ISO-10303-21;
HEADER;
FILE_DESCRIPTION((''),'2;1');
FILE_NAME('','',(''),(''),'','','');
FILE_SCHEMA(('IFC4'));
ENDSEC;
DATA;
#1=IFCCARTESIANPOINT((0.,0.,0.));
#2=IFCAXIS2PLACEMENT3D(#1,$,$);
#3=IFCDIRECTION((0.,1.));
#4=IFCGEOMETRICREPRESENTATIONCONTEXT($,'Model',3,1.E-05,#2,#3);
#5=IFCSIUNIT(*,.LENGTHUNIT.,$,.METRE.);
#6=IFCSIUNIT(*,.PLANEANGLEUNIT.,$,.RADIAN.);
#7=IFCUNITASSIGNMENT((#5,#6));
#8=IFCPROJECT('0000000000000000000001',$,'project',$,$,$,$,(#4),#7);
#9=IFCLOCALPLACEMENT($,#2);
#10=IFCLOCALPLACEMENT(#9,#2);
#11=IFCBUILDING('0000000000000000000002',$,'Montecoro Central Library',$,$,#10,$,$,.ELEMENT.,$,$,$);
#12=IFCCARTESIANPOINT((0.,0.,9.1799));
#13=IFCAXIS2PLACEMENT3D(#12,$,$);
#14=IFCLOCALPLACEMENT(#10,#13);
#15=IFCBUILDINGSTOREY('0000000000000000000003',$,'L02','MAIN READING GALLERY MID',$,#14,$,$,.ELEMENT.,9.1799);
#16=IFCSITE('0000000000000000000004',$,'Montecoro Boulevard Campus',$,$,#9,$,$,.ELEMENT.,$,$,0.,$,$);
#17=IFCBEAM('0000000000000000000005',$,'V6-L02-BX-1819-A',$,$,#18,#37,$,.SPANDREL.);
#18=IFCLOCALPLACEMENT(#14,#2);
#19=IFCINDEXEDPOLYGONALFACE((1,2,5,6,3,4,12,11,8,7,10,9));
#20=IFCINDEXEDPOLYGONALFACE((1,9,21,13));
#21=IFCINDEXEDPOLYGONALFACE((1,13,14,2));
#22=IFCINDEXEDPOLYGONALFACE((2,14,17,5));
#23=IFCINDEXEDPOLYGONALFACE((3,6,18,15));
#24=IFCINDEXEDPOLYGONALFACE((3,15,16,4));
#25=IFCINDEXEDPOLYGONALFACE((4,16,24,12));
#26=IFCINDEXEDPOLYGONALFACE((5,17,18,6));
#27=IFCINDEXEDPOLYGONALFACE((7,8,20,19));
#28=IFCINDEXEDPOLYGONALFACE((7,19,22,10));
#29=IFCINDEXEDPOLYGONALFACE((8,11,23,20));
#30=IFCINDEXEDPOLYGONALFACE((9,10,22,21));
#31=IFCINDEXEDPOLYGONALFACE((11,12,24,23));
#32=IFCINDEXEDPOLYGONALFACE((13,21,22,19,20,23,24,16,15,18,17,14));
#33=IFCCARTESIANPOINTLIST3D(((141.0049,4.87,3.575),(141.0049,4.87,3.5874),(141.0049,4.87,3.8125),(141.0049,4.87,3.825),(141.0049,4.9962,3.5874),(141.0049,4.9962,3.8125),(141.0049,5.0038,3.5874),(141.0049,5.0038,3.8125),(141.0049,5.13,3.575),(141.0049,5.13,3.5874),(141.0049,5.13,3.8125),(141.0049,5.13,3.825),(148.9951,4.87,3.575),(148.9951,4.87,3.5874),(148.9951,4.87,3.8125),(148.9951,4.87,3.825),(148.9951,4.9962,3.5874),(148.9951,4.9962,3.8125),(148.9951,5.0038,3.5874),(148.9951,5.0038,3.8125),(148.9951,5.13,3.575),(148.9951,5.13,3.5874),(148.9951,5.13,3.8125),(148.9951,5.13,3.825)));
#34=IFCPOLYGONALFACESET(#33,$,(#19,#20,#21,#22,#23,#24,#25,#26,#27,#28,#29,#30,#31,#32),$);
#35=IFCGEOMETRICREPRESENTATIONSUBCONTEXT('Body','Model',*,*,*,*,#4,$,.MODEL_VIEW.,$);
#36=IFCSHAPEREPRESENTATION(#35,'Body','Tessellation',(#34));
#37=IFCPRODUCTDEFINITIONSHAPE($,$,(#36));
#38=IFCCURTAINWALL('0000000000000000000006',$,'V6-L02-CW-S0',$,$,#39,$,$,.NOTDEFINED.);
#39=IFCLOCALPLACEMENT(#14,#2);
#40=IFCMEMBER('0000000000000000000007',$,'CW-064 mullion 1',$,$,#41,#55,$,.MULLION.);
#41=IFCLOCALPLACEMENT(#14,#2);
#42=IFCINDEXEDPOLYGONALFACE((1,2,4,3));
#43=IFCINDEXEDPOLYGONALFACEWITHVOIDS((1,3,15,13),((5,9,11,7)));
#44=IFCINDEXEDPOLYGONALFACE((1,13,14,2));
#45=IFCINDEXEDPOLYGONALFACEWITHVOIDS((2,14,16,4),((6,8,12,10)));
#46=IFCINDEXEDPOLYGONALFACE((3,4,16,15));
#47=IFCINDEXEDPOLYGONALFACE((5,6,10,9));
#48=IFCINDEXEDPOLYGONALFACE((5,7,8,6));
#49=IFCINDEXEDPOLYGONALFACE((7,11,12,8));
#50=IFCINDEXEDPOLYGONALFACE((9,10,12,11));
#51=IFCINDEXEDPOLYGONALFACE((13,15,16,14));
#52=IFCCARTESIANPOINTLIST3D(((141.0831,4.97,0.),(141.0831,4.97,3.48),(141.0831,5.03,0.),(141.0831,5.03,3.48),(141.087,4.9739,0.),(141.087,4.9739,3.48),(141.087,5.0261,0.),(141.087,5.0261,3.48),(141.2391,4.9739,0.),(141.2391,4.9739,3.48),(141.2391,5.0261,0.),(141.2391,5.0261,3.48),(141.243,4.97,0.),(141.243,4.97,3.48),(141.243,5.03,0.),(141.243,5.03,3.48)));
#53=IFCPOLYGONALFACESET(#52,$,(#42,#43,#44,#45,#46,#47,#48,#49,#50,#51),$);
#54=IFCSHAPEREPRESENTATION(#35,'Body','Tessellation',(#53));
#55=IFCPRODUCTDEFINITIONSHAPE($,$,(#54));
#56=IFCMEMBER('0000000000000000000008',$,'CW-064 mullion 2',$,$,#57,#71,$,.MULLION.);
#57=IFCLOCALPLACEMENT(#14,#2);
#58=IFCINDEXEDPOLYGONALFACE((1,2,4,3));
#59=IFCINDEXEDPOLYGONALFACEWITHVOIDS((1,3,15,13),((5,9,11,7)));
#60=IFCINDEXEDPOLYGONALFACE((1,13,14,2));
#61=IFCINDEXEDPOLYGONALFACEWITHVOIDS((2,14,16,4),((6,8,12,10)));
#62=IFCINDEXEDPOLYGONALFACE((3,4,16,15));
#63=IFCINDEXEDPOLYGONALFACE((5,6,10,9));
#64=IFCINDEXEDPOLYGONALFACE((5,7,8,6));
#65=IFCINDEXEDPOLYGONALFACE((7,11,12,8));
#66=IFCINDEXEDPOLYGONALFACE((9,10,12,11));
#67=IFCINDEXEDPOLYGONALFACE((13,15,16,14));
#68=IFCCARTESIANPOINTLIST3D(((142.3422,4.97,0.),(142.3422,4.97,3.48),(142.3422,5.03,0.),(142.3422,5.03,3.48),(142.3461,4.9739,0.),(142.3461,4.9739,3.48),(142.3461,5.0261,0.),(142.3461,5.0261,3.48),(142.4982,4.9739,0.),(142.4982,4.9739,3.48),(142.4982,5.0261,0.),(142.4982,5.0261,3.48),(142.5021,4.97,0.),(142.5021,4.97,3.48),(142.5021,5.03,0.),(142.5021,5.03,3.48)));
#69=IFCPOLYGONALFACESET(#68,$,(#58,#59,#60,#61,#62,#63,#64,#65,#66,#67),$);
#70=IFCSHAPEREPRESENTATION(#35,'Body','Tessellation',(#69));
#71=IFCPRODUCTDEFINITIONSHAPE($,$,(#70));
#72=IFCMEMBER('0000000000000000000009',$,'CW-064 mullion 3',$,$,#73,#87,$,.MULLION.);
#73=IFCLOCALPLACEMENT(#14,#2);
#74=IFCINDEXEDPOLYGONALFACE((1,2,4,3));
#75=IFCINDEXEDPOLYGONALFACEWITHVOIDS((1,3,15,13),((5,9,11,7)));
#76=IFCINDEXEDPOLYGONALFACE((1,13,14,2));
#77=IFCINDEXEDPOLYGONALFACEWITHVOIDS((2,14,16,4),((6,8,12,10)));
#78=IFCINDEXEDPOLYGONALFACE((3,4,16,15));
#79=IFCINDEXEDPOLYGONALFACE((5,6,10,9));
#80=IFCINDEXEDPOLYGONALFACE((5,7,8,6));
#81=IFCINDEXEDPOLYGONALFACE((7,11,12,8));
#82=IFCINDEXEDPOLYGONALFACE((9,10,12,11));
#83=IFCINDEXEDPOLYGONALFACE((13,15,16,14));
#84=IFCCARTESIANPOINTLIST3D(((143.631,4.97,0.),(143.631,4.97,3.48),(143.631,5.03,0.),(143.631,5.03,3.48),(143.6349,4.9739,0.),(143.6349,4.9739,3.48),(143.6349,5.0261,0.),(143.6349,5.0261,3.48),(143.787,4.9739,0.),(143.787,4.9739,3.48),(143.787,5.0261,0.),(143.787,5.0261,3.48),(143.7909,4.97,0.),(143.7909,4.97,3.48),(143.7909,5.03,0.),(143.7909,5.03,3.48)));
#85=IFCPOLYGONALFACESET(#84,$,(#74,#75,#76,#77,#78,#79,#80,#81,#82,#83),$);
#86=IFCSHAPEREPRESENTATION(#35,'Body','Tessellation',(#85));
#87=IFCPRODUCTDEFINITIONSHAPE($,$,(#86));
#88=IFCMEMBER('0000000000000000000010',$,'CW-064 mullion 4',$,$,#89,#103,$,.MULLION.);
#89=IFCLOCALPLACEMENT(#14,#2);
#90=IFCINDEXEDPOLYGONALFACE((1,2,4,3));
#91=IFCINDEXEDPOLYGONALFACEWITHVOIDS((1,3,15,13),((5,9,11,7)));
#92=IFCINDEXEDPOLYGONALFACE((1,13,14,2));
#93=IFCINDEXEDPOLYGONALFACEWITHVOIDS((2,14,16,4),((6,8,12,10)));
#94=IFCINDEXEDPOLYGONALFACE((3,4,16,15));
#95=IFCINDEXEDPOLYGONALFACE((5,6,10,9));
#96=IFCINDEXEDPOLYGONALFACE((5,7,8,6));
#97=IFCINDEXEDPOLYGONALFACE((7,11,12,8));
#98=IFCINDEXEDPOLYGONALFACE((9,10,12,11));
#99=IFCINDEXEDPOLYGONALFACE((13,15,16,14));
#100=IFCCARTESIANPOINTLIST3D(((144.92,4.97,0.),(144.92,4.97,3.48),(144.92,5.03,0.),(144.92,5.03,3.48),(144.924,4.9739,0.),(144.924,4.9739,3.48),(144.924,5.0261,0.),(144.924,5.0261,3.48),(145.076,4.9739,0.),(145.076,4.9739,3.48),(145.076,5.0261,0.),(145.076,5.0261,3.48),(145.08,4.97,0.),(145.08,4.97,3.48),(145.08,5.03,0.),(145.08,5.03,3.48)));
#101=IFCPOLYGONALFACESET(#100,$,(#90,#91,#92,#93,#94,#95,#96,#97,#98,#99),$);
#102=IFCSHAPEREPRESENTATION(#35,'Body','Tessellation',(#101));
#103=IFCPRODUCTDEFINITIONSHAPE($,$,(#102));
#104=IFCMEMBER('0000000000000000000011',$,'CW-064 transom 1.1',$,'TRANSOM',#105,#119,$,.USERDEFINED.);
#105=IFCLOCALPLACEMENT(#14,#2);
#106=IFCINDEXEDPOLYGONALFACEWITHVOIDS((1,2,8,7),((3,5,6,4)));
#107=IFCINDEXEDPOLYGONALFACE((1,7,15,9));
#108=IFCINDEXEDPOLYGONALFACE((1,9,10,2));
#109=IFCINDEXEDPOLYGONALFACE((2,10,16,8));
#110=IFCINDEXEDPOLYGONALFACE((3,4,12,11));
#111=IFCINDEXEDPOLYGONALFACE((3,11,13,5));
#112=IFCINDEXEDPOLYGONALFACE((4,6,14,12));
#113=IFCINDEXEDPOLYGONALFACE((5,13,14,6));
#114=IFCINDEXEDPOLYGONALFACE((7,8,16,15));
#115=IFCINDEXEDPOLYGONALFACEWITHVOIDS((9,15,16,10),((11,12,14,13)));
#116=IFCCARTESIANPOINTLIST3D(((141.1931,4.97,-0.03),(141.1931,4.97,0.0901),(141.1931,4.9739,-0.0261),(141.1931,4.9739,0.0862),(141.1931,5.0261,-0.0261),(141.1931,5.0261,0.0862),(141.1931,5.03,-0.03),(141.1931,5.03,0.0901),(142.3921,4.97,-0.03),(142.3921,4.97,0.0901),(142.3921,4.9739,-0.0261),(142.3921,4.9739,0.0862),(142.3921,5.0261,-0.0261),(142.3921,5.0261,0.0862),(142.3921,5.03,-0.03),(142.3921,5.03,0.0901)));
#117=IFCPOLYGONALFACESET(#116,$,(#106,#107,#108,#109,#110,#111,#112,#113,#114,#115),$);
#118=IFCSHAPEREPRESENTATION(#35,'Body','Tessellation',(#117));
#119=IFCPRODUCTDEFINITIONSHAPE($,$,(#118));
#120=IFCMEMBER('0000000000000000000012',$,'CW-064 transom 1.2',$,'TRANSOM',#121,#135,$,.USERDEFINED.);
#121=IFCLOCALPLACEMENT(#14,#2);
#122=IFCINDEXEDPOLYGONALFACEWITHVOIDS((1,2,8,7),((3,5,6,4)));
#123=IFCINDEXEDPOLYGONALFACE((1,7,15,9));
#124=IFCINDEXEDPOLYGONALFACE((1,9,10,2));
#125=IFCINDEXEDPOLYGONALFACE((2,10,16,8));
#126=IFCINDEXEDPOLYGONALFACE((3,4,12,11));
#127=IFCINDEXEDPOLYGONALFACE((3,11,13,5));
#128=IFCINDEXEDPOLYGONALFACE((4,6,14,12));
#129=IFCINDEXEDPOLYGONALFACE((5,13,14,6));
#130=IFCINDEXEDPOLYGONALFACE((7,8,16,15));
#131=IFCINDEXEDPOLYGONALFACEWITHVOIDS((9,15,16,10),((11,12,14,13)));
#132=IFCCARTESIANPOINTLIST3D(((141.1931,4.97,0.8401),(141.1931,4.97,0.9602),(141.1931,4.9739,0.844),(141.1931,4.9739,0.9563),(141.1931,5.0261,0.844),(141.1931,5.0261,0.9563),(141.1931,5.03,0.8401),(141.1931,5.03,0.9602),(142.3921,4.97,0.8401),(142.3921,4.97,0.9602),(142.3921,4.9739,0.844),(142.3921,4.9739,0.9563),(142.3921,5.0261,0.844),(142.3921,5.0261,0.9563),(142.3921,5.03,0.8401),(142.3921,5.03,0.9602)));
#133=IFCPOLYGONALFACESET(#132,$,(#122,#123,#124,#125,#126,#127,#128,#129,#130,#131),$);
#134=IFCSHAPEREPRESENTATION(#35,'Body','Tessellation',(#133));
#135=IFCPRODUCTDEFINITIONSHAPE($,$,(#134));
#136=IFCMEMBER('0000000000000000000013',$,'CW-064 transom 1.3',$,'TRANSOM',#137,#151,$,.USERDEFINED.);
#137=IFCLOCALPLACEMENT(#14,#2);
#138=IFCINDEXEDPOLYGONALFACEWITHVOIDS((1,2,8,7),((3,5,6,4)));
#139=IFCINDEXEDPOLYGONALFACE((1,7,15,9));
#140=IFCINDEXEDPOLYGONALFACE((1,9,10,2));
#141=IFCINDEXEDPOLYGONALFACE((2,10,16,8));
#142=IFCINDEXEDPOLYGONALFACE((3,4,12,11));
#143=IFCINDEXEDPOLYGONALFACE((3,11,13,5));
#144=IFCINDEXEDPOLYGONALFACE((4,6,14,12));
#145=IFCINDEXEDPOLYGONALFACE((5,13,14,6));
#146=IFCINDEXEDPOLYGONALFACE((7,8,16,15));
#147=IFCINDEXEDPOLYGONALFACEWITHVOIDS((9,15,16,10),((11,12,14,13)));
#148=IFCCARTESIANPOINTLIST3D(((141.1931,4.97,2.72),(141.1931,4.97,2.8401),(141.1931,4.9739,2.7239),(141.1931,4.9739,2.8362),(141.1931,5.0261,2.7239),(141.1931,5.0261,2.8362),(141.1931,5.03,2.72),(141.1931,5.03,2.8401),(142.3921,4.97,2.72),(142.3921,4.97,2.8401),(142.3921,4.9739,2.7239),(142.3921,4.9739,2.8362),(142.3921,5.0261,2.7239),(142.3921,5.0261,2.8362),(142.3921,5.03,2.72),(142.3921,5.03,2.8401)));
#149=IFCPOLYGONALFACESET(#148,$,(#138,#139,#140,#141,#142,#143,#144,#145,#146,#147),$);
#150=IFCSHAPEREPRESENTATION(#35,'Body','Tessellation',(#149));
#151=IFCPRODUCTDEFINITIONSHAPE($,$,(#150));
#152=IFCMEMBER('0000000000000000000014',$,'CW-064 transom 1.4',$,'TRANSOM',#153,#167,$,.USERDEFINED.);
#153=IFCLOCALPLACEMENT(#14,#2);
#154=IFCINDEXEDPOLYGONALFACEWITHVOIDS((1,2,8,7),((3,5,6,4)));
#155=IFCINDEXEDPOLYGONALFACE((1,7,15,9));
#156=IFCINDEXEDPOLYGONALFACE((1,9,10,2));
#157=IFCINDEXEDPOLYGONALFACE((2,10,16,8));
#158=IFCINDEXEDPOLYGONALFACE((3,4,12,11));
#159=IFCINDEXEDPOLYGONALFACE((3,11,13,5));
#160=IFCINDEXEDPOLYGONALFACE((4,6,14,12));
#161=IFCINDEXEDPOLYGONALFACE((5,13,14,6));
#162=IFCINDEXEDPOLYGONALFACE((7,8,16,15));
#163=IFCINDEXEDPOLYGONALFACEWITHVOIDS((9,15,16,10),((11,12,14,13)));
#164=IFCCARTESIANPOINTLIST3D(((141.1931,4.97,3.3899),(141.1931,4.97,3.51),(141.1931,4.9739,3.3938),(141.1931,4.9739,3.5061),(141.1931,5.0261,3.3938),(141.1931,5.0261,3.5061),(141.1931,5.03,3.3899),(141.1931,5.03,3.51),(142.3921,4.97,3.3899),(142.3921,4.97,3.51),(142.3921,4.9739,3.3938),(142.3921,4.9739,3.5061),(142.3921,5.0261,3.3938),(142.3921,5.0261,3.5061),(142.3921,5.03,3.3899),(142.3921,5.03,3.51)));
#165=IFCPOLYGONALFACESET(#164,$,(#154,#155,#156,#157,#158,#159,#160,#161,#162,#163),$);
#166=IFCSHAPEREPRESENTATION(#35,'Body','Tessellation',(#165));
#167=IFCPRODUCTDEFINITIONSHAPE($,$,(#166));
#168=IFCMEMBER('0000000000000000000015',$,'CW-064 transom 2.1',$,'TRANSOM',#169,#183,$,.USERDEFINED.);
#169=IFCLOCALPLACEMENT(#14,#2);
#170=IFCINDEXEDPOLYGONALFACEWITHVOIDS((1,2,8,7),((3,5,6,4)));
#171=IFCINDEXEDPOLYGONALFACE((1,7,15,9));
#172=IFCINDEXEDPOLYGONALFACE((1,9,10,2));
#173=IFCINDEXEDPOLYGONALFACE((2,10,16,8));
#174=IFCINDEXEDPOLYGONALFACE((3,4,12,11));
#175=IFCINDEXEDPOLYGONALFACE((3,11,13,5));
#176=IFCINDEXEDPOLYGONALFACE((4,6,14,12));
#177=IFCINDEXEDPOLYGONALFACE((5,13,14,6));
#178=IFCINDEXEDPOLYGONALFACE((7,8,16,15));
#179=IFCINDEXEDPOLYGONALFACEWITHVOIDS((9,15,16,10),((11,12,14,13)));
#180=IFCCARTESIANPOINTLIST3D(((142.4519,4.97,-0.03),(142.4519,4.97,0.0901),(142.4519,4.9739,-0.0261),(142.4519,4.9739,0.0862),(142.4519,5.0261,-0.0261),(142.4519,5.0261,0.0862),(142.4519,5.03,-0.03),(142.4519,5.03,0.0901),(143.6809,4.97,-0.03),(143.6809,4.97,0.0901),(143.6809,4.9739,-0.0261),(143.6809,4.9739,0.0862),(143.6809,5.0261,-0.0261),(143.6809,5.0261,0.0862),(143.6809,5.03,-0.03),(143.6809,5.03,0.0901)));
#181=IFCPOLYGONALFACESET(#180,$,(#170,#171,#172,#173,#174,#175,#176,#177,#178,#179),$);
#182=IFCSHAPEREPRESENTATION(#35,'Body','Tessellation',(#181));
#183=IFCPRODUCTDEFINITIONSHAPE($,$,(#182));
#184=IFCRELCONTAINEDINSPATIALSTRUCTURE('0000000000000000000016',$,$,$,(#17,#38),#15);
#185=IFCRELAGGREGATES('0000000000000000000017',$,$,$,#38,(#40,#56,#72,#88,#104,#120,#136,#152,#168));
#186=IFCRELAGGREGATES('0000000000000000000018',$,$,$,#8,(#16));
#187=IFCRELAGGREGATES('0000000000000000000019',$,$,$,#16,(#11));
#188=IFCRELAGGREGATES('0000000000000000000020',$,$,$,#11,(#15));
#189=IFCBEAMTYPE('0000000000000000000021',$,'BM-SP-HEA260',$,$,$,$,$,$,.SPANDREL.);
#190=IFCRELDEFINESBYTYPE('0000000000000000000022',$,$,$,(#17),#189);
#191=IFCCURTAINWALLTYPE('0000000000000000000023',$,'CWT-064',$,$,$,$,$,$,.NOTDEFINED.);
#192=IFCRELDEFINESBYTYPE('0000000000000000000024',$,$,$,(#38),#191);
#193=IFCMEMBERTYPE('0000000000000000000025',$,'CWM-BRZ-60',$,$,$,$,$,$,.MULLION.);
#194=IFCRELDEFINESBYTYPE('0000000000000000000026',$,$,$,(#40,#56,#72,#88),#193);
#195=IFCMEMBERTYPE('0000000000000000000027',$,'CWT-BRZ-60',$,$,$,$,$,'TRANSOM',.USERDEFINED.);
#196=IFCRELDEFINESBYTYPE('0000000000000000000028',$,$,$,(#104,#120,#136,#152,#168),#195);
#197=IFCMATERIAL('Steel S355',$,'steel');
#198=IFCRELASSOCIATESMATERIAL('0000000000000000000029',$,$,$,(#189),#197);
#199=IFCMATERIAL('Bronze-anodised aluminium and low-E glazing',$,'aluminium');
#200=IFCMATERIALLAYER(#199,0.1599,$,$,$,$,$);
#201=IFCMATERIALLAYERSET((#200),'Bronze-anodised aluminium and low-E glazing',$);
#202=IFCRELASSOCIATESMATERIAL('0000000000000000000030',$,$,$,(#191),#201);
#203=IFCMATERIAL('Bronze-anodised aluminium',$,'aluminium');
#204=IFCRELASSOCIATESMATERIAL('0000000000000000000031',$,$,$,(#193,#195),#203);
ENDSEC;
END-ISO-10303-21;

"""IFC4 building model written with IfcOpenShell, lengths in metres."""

from ifc_helpers import new_model, si_unit, direction, frame, origin, origin_2d, place, context, subcontext, project, spatial, hollow_rectangle, i_section, extrude, material, layer, layer_set, material_profile, profile_set, type_object, element, aggregate, save


model = new_model("IFC4")

# Units and contexts
model_context = context("Model", 3, precision=1e-05, world=origin(), true_north=direction((0.0, 1.0)))
body_context = subcontext(model_context, "Body", "Model", "MODEL_VIEW")
ifc_project = project(units=[si_unit("LENGTHUNIT", "METRE"), si_unit("PLANEANGLEUNIT", "RADIAN")], contexts=[model_context])

# Site, building, storey
site_placement = place(None, origin())
site = spatial("IfcSite", under=ifc_project, at=site_placement, Name="Montecoro Boulevard Campus", CompositionType="ELEMENT", RefElevation=0.0)
building_placement = place(site_placement, origin())
building = spatial("IfcBuilding", under=site, at=building_placement, Name="Montecoro Central Library", CompositionType="ELEMENT")
storey_placement = place(building_placement, frame((0.0, 0.0, 9.1799)))
storey = spatial("IfcBuildingStorey", under=building, at=storey_placement, Name="L02", Description="MAIN READING GALLERY MID", CompositionType="ELEMENT", Elevation=9.1799)

# Beam
ifc_material_1 = material(Name="Steel S355", Category="steel")
ifc_material_profile_1 = material_profile(ifc_material_1, i_section(OverallWidth=0.26, OverallDepth=0.25, WebThickness=0.0076, FlangeThickness=0.0125, at=origin_2d()), Name="HEA 260")
ifc_profile_set_1 = profile_set([ifc_material_profile_1], Name="Steel S355")
beam_type = type_object("IfcBeamType", Name="BM-SP-HEA260", PredefinedType="SPANDREL", material=ifc_profile_set_1)
beam_placement = place(storey_placement, frame((141.0049, 5.0, 3.7), z_axis=(1.0, 0.0, 0.0), x_axis=(0.0, 1.0, 0.0)))
element("IfcBeam", 1, at=beam_placement, inside=storey, type_object=beam_type, Name="V6-L02-BX-1819-A", PredefinedType="SPANDREL", context=body_context, shape_type="SweptSolid", body=[
    extrude(i_section(OverallWidth=0.26, OverallDepth=0.25, WebThickness=0.0076, FlangeThickness=0.0125, at=origin_2d()), origin(), (0.0, 0.0, 1.0), 7.9902),
])

# Curtain wall, members
ifc_material_2 = material(Name="Bronze-anodised aluminium and low-E glazing", Category="aluminium")
ifc_layer_1 = layer(ifc_material_2, 0.1599)
ifc_layer_set_1 = layer_set([ifc_layer_1], Name="Bronze-anodised aluminium and low-E glazing")
curtain_wall_type = type_object("IfcCurtainWallType", Name="CWT-064", PredefinedType="NOTDEFINED", material=ifc_layer_set_1)
curtain_wall_placement = place(storey_placement, origin())
curtain_wall = element("IfcCurtainWall", 2, at=curtain_wall_placement, inside=storey, type_object=curtain_wall_type, Name="V6-L02-CW-S0", PredefinedType="NOTDEFINED")
ifc_material_3 = material(Name="Bronze-anodised aluminium", Category="aluminium")
ifc_material_profile_2 = material_profile(ifc_material_3, hollow_rectangle(XDim=0.0601, YDim=0.1599, WallThickness=0.0039, at=origin_2d()), Name="CWM 160x60x4.0")
ifc_profile_set_2 = profile_set([ifc_material_profile_2], Name="Bronze-anodised aluminium")
member_type_1 = type_object("IfcMemberType", Name="CWM-BRZ-60", PredefinedType="MULLION", material=ifc_profile_set_2)
member_1_placement = place(storey_placement, frame((141.1631, 5.0, 0.0), z_axis=(0.0, 0.0, 1.0), x_axis=(0.0, 1.0, 0.0)))
member_1 = element("IfcMember", 3, at=member_1_placement, type_object=member_type_1, Name="CW-064 mullion 1", PredefinedType="MULLION", context=body_context, shape_type="SweptSolid", body=[
    extrude(hollow_rectangle(XDim=0.0601, YDim=0.1599, WallThickness=0.0039, at=origin_2d()), origin(), (0.0, 0.0, 1.0), 3.48),
])
member_2_placement = place(storey_placement, frame((142.4221, 5.0, 0.0), z_axis=(0.0, 0.0, 1.0), x_axis=(0.0, 1.0, 0.0)))
member_2 = element("IfcMember", 4, at=member_2_placement, type_object=member_type_1, Name="CW-064 mullion 2", PredefinedType="MULLION", context=body_context, shape_type="SweptSolid", body=[
    extrude(hollow_rectangle(XDim=0.0601, YDim=0.1599, WallThickness=0.0039, at=origin_2d()), origin(), (0.0, 0.0, 1.0), 3.48),
])
member_3_placement = place(storey_placement, frame((143.7109, 5.0, 0.0), z_axis=(0.0, 0.0, 1.0), x_axis=(0.0, 1.0, 0.0)))
member_3 = element("IfcMember", 5, at=member_3_placement, type_object=member_type_1, Name="CW-064 mullion 3", PredefinedType="MULLION", context=body_context, shape_type="SweptSolid", body=[
    extrude(hollow_rectangle(XDim=0.0601, YDim=0.1599, WallThickness=0.0039, at=origin_2d()), origin(), (0.0, 0.0, 1.0), 3.48),
])
member_4_placement = place(storey_placement, frame((145.0, 5.0, 0.0), z_axis=(0.0, 0.0, 1.0), x_axis=(0.0, 1.0, 0.0)))
member_4 = element("IfcMember", 6, at=member_4_placement, type_object=member_type_1, Name="CW-064 mullion 4", PredefinedType="MULLION", context=body_context, shape_type="SweptSolid", body=[
    extrude(hollow_rectangle(XDim=0.0601, YDim=0.1599, WallThickness=0.0039, at=origin_2d()), origin(), (0.0, 0.0, 1.0), 3.48),
])
ifc_material_profile_3 = material_profile(ifc_material_3, hollow_rectangle(XDim=0.0601, YDim=0.1201, WallThickness=0.0039, at=origin_2d()), Name="CWT 120x60x4.0")
ifc_profile_set_3 = profile_set([ifc_material_profile_3], Name="Bronze-anodised aluminium")
member_type_2 = type_object("IfcMemberType", Name="CWT-BRZ-60", ElementType="TRANSOM", PredefinedType="USERDEFINED", material=ifc_profile_set_3)
member_5_placement = place(storey_placement, frame((141.1931, 5.0, 0.03), z_axis=(1.0, 0.0, 0.0), x_axis=(0.0, 1.0, 0.0)))
member_5 = element("IfcMember", 7, at=member_5_placement, type_object=member_type_2, Name="CW-064 transom 1.1", ObjectType="TRANSOM", PredefinedType="USERDEFINED", context=body_context, shape_type="SweptSolid", body=[
    extrude(hollow_rectangle(XDim=0.0601, YDim=0.1201, WallThickness=0.0039, at=origin_2d()), origin(), (0.0, 0.0, 1.0), 1.199),
])
member_6_placement = place(storey_placement, frame((141.1931, 5.0, 0.9001), z_axis=(1.0, 0.0, 0.0), x_axis=(0.0, 1.0, 0.0)))
member_6 = element("IfcMember", 8, at=member_6_placement, type_object=member_type_2, Name="CW-064 transom 1.2", ObjectType="TRANSOM", PredefinedType="USERDEFINED", context=body_context, shape_type="SweptSolid", body=[
    extrude(hollow_rectangle(XDim=0.0601, YDim=0.1201, WallThickness=0.0039, at=origin_2d()), origin(), (0.0, 0.0, 1.0), 1.199),
])
member_7_placement = place(storey_placement, frame((141.1931, 5.0, 2.78), z_axis=(1.0, 0.0, 0.0), x_axis=(0.0, 1.0, 0.0)))
member_7 = element("IfcMember", 9, at=member_7_placement, type_object=member_type_2, Name="CW-064 transom 1.3", ObjectType="TRANSOM", PredefinedType="USERDEFINED", context=body_context, shape_type="SweptSolid", body=[
    extrude(hollow_rectangle(XDim=0.0601, YDim=0.1201, WallThickness=0.0039, at=origin_2d()), origin(), (0.0, 0.0, 1.0), 1.199),
])
member_8_placement = place(storey_placement, frame((141.1931, 5.0, 3.45), z_axis=(1.0, 0.0, 0.0), x_axis=(0.0, 1.0, 0.0)))
member_8 = element("IfcMember", 10, at=member_8_placement, type_object=member_type_2, Name="CW-064 transom 1.4", ObjectType="TRANSOM", PredefinedType="USERDEFINED", context=body_context, shape_type="SweptSolid", body=[
    extrude(hollow_rectangle(XDim=0.0601, YDim=0.1201, WallThickness=0.0039, at=origin_2d()), origin(), (0.0, 0.0, 1.0), 1.199),
])
member_9_placement = place(storey_placement, frame((142.4519, 5.0, 0.03), z_axis=(1.0, 0.0, 0.0), x_axis=(0.0, 1.0, 0.0)))
member_9 = element("IfcMember", 11, at=member_9_placement, type_object=member_type_2, Name="CW-064 transom 2.1", ObjectType="TRANSOM", PredefinedType="USERDEFINED", context=body_context, shape_type="SweptSolid", body=[
    extrude(hollow_rectangle(XDim=0.0601, YDim=0.1201, WallThickness=0.0039, at=origin_2d()), origin(), (0.0, 0.0, 1.0), 1.229),
])
aggregate(curtain_wall, [member_1, member_2, member_3, member_4, member_5, member_6, member_7, member_8, member_9])

save(model, "model.ifc")
